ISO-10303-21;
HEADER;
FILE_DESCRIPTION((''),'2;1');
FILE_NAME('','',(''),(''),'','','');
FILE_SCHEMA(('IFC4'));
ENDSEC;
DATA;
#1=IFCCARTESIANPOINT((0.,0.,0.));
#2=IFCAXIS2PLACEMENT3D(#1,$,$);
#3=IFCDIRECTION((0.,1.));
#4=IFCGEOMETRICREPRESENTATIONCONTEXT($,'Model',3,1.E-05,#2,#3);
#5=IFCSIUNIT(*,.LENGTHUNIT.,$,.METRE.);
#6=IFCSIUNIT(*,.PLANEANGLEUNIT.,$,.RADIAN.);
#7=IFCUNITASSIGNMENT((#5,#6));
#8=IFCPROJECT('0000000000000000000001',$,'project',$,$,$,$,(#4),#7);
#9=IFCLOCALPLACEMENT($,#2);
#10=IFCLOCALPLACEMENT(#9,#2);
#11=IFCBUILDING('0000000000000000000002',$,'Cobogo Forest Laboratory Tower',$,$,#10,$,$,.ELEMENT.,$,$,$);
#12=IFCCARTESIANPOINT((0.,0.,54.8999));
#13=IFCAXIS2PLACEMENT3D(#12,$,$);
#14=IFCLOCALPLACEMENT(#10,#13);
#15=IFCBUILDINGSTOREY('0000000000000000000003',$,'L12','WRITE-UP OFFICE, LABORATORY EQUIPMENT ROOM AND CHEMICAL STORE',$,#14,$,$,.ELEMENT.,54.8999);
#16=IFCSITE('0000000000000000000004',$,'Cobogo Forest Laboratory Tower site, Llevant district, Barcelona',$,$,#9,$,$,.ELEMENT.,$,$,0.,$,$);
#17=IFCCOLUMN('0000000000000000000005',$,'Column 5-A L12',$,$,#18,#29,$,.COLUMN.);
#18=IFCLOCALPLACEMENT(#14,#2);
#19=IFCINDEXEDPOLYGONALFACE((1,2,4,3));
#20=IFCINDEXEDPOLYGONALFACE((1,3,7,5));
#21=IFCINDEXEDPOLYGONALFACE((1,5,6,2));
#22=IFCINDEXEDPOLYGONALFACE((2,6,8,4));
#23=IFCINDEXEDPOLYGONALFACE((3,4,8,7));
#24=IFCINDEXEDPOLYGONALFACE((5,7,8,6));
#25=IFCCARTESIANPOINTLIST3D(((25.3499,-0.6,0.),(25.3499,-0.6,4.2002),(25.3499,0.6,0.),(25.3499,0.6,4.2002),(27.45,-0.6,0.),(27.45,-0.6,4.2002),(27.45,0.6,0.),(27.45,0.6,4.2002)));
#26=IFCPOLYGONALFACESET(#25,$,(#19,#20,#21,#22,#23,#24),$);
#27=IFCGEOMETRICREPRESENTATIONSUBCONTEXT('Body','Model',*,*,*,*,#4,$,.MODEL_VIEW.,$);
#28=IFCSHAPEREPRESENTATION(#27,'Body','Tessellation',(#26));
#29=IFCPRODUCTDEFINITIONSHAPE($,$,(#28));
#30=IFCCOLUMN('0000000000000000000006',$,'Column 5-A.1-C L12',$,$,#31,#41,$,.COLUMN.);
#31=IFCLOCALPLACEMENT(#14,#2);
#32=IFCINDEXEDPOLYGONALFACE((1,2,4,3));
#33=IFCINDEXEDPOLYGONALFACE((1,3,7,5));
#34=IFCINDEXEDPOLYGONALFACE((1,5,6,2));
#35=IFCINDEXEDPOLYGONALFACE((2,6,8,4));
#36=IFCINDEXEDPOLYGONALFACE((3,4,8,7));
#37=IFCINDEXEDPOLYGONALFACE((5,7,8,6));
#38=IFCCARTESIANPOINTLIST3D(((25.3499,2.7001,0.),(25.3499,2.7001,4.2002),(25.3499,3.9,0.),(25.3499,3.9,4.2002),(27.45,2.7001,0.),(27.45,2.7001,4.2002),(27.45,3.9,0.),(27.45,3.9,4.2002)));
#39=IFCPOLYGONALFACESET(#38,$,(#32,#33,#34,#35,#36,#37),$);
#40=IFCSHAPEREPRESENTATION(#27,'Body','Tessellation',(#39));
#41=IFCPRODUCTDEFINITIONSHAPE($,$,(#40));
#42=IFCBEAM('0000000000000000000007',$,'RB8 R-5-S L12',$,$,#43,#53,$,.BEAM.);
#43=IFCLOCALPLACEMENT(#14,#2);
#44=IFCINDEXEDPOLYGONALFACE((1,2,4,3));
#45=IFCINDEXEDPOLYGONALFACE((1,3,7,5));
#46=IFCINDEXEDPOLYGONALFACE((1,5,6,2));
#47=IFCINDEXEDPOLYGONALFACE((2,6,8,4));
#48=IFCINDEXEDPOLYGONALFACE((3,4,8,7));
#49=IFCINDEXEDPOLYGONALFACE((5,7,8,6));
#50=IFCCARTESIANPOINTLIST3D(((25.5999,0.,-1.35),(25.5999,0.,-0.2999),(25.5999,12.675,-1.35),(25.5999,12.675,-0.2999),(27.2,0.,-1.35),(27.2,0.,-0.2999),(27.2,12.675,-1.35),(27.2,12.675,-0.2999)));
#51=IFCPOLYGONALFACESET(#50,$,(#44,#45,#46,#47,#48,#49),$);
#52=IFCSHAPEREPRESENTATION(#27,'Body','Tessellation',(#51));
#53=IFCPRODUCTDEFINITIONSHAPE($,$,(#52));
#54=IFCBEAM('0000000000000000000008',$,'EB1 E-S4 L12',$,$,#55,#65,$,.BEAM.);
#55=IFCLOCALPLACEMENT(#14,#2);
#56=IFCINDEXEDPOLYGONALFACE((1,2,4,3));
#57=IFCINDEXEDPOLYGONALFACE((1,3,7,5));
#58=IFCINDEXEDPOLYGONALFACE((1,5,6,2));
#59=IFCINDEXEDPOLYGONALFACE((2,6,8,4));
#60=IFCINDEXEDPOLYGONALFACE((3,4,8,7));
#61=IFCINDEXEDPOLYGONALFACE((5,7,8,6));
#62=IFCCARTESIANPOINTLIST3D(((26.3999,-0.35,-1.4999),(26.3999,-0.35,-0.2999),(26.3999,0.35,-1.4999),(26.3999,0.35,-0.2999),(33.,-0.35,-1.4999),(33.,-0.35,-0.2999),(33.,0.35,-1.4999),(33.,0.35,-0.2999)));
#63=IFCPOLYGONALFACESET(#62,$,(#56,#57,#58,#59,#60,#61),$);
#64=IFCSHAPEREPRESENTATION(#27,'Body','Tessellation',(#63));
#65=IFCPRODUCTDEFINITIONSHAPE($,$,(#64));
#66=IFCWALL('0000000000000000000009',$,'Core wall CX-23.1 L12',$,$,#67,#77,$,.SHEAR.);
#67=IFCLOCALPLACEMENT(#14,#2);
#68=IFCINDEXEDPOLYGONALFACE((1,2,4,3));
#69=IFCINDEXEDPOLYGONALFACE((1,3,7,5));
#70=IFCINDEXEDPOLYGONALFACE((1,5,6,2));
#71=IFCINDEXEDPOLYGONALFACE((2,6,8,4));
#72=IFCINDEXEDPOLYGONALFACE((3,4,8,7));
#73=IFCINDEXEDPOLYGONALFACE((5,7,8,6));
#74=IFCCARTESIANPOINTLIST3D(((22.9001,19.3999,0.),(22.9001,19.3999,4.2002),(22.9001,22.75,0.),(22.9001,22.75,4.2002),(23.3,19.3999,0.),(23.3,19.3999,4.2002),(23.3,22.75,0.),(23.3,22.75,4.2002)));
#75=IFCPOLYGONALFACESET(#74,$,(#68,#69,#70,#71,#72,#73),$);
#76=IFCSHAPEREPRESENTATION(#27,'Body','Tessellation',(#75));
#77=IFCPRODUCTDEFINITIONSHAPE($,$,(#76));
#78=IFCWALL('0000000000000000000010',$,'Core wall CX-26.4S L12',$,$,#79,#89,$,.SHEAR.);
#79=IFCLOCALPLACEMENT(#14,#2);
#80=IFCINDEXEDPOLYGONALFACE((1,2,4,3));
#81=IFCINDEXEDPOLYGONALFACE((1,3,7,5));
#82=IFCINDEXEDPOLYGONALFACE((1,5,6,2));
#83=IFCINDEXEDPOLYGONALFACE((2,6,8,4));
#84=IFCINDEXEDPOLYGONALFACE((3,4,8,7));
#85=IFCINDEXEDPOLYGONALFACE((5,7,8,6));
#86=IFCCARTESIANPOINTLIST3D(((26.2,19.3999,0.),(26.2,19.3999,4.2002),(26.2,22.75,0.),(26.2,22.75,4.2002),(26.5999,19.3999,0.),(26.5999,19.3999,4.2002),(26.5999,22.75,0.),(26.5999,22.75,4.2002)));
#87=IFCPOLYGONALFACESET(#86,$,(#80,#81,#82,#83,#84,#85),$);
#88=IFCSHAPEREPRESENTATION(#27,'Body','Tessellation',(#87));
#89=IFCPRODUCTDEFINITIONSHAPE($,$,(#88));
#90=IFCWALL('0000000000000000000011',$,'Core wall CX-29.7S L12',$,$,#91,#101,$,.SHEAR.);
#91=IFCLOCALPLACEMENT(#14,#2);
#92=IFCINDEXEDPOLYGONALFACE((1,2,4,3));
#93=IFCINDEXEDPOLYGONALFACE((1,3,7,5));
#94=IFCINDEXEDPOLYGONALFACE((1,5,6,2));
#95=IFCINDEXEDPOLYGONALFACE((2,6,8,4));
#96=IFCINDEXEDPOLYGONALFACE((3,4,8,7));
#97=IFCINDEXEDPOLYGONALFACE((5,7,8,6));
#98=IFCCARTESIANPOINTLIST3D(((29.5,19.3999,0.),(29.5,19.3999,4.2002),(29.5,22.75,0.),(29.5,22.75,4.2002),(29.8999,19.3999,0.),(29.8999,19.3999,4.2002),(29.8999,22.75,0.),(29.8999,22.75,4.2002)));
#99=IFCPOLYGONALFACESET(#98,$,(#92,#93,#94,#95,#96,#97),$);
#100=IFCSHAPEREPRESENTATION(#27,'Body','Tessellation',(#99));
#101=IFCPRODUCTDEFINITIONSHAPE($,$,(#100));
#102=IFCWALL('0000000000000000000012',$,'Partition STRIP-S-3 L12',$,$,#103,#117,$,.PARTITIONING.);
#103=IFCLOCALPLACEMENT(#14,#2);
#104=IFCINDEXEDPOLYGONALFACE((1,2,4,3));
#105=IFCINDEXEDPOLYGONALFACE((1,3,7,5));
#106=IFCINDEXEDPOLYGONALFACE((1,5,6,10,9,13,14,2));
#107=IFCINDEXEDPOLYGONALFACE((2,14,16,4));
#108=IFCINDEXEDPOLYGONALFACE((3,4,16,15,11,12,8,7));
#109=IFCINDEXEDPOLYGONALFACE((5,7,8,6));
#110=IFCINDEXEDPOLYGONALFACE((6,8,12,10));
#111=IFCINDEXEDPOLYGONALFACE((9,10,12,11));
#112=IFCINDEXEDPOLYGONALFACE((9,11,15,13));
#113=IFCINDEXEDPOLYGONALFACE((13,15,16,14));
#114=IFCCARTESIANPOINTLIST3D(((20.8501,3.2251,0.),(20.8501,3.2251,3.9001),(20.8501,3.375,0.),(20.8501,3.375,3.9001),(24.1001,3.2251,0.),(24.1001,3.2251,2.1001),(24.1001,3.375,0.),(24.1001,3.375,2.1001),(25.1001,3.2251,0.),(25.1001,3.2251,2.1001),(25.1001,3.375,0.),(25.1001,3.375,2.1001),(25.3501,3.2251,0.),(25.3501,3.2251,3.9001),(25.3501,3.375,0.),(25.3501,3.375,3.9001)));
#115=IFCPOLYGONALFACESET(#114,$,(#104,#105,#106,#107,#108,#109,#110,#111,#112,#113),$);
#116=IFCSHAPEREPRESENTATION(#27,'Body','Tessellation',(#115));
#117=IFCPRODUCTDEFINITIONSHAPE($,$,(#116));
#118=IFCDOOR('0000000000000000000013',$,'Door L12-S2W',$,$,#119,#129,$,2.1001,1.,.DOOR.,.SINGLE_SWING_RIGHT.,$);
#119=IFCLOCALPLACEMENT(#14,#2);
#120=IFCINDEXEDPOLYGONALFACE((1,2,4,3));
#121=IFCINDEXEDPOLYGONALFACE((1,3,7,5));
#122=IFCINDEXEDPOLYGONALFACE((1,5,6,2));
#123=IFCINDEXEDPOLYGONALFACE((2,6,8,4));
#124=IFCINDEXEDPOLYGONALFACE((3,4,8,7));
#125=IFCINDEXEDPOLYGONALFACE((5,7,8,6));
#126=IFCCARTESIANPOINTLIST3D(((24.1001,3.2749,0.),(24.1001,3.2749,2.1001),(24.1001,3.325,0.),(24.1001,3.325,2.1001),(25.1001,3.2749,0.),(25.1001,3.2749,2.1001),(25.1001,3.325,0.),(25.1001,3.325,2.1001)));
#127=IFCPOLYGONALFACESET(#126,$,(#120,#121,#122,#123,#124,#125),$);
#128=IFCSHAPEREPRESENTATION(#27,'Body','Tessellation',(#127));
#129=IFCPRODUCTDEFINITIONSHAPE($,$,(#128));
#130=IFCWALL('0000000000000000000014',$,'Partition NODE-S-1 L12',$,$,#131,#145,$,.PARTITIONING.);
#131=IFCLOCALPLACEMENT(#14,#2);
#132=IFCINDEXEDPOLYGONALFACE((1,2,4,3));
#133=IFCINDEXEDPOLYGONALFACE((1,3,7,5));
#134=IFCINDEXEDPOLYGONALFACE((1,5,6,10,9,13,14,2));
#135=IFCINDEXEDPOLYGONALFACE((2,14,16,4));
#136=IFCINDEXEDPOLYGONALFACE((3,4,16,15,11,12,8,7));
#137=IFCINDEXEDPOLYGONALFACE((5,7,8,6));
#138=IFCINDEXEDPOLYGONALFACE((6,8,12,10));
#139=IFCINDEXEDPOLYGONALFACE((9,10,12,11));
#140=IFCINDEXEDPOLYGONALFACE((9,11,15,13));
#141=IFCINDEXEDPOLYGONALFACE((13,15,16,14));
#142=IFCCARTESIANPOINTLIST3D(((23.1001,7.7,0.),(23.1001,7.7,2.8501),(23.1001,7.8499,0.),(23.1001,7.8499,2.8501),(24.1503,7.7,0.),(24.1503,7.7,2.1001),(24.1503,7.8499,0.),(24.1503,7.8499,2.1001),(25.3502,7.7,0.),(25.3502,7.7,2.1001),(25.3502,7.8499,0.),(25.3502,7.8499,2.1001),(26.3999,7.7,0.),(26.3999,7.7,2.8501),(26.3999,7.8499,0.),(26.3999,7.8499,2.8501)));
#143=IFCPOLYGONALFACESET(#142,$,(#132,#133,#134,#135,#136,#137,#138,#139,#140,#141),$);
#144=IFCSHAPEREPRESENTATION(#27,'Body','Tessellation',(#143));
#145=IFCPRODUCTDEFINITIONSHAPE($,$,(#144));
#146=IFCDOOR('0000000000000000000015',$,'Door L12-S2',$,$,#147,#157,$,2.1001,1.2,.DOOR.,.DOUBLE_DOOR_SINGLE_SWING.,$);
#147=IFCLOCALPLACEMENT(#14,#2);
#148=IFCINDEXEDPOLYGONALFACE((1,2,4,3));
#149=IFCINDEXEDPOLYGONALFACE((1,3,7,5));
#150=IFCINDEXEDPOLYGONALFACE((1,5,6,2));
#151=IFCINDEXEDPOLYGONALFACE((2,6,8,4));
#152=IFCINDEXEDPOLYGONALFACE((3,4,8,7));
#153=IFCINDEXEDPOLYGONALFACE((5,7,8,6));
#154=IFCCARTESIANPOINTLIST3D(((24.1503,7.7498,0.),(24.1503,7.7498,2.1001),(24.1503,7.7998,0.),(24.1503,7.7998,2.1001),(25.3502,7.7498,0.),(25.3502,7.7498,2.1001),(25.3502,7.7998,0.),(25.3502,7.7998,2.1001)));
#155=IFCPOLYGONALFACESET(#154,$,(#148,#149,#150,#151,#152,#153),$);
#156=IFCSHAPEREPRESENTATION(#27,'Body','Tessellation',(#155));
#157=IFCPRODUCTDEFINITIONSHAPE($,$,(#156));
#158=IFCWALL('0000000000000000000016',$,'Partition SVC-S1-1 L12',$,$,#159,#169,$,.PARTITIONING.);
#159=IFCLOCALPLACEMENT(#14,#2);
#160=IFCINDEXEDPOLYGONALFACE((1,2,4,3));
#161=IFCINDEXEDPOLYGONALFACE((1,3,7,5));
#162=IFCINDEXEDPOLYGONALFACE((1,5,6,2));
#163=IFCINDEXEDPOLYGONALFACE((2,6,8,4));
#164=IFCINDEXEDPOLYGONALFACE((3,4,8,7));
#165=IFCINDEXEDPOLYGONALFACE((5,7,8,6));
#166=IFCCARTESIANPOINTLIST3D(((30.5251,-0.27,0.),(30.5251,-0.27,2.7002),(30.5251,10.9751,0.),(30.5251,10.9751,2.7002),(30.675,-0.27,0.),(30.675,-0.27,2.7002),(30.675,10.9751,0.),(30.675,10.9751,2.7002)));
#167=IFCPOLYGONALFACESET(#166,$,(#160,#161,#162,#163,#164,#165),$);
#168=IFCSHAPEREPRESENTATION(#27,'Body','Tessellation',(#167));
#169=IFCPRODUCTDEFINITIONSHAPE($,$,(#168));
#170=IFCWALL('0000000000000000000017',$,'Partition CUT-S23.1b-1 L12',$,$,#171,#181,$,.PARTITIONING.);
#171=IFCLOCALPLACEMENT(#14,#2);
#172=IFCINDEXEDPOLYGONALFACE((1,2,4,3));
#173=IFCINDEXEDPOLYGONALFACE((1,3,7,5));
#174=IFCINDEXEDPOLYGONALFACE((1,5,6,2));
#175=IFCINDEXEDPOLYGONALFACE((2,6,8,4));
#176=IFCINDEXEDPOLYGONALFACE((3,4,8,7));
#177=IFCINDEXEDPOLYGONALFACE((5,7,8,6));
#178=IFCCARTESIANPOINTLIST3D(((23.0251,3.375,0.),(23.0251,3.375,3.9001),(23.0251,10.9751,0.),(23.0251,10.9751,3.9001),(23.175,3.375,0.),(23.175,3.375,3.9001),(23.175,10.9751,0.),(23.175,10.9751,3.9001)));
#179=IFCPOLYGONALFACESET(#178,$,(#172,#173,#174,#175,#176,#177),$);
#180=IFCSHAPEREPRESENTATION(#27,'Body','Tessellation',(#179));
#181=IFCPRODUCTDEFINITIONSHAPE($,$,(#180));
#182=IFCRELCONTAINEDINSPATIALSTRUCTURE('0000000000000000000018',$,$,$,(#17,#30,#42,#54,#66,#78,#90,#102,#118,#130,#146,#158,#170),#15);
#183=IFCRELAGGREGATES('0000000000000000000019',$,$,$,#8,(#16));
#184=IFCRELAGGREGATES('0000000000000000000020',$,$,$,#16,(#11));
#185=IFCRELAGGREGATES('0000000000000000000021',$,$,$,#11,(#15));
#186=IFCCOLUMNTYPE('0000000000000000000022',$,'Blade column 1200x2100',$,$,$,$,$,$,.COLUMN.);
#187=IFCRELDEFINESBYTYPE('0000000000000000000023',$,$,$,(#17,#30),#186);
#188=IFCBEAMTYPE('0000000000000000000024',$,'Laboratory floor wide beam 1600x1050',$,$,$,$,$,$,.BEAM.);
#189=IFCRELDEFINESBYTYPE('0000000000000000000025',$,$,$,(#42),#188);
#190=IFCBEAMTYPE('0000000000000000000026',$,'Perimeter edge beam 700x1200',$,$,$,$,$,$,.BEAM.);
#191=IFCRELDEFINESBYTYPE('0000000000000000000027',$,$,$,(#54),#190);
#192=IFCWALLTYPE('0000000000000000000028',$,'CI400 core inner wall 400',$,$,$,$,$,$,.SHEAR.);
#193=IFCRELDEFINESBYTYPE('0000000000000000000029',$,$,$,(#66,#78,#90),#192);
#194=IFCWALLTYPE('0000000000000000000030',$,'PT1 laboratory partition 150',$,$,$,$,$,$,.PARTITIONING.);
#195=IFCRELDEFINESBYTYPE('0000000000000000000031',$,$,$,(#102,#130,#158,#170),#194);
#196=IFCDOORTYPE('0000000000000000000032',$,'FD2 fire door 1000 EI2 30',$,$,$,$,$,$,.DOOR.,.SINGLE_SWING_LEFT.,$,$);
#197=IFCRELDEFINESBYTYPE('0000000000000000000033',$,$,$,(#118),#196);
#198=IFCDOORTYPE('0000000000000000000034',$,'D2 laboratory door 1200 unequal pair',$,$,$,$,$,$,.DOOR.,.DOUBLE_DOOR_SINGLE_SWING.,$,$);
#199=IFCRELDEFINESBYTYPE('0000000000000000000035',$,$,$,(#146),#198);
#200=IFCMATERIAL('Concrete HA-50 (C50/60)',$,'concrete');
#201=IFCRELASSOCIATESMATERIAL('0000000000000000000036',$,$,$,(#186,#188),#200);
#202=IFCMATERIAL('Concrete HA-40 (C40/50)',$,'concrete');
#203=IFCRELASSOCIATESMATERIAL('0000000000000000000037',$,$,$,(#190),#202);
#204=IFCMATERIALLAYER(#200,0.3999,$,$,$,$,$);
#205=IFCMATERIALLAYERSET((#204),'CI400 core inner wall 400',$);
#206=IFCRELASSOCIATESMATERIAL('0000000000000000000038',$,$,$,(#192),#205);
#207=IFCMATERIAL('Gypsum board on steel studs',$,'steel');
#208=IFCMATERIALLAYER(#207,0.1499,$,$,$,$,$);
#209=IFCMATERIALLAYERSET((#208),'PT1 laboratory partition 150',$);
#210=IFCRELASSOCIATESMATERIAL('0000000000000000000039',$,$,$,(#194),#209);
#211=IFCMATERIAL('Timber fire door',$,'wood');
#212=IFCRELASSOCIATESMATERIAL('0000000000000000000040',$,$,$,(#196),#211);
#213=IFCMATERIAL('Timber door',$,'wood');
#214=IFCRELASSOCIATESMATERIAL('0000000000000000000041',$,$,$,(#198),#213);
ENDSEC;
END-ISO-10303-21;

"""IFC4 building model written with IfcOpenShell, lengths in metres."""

from ifc_helpers import new_model, si_unit, direction, frame, frame_2d, origin, origin_2d, place, context, subcontext, project, spatial, rectangle, extrude, material, layer, layer_set, material_profile, profile_set, type_object, element, fill, save


model = new_model("IFC4")

# Units and contexts
model_context = context("Model", 3, precision=1e-05, world=origin(), true_north=direction((0.0, 1.0)))
body_context = subcontext(model_context, "Body", "Model", "MODEL_VIEW")
ifc_project = project(units=[si_unit("LENGTHUNIT", "METRE"), si_unit("PLANEANGLEUNIT", "RADIAN")], contexts=[model_context])

# Site, building, storey
site_placement = place(None, origin())
site = spatial("IfcSite", under=ifc_project, at=site_placement, Name="Cobogo Forest Laboratory Tower site, Llevant district, Barcelona", CompositionType="ELEMENT", RefElevation=0.0)
building_placement = place(site_placement, origin())
building = spatial("IfcBuilding", under=site, at=building_placement, Name="Cobogo Forest Laboratory Tower", CompositionType="ELEMENT")
storey_placement = place(building_placement, frame((0.0, 0.0, 54.8999)))
storey = spatial("IfcBuildingStorey", under=building, at=storey_placement, Name="L12", Description="WRITE-UP OFFICE, LABORATORY EQUIPMENT ROOM AND CHEMICAL STORE", CompositionType="ELEMENT", Elevation=54.8999)

# Columns
ifc_material_1 = material(Name="Concrete HA-50 (C50/60)", Category="concrete")
ifc_material_profile_1 = material_profile(ifc_material_1, rectangle(XDim=2.1001, YDim=1.2, at=origin_2d()), Name="RC 1200x2100")
ifc_profile_set_1 = profile_set([ifc_material_profile_1], Name="Concrete HA-50 (C50/60)")
column_type = type_object("IfcColumnType", Name="Blade column 1200x2100", PredefinedType="COLUMN", material=ifc_profile_set_1)
for number, where, z_axis, x_axis, name in (
    (1, (26.3999, 0.0, 0.0), (0.0, 0.0, 1.0), (1.0, 0.0, 0.0), "Column 5-A L12"),
    (2, (26.3999, 3.3, 0.0), (0.0, 0.0, 1.0), (1.0, 0.0, 0.0), "Column 5-A.1-C L12"),
):
    element("IfcColumn", number, at=place(storey_placement, frame(where, z_axis=z_axis, x_axis=x_axis)), inside=storey, type_object=column_type, Name=name, PredefinedType="COLUMN", context=body_context, shape_type="SweptSolid", body=[
        extrude(rectangle(XDim=2.1001, YDim=1.2, at=origin_2d()), origin(), (0.0, 0.0, 1.0), 4.2002),
    ])

# Beams
ifc_material_profile_2 = material_profile(ifc_material_1, rectangle(XDim=1.6001, YDim=1.05, at=origin_2d()), Name="RC 1600x1050")
ifc_profile_set_2 = profile_set([ifc_material_profile_2], Name="Concrete HA-50 (C50/60)")
beam_type_1 = type_object("IfcBeamType", Name="Laboratory floor wide beam 1600x1050", PredefinedType="BEAM", material=ifc_profile_set_2)
beam_1_placement = place(storey_placement, frame((26.3999, 12.675, -0.825), z_axis=(0.0, -1.0, 0.0), x_axis=(1.0, 0.0, 0.0)))
element("IfcBeam", 3, at=beam_1_placement, inside=storey, type_object=beam_type_1, Name="RB8 R-5-S L12", PredefinedType="BEAM", context=body_context, shape_type="SweptSolid", body=[
    extrude(rectangle(XDim=1.6001, YDim=1.05, at=origin_2d()), origin(), (0.0, 0.0, 1.0), 12.675),
])
ifc_material_2 = material(Name="Concrete HA-40 (C40/50)", Category="concrete")
ifc_material_profile_3 = material_profile(ifc_material_2, rectangle(XDim=0.7, YDim=1.2, at=origin_2d()), Name="RC 700x1200")
ifc_profile_set_3 = profile_set([ifc_material_profile_3], Name="Concrete HA-40 (C40/50)")
beam_type_2 = type_object("IfcBeamType", Name="Perimeter edge beam 700x1200", PredefinedType="BEAM", material=ifc_profile_set_3)
beam_2_placement = place(storey_placement, frame((26.3999, 0.0, -0.8999), z_axis=(1.0, 0.0, 0.0), x_axis=(0.0, 1.0, 0.0)))
element("IfcBeam", 4, at=beam_2_placement, inside=storey, type_object=beam_type_2, Name="EB1 E-S4 L12", PredefinedType="BEAM", context=body_context, shape_type="SweptSolid", body=[
    extrude(rectangle(XDim=0.7, YDim=1.2, at=origin_2d()), origin(), (0.0, 0.0, 1.0), 6.6001),
])

# Walls
ifc_layer_1 = layer(ifc_material_1, 0.3999)
ifc_layer_set_1 = layer_set([ifc_layer_1], Name="CI400 core inner wall 400")
wall_type_1 = type_object("IfcWallType", Name="CI400 core inner wall 400", PredefinedType="SHEAR", material=ifc_layer_set_1)
for number, where, z_axis, x_axis, name in (
    (5, (23.1001, 19.3999, 0.0), (0.0, 0.0, 1.0), (0.0, 1.0, 0.0), "Core wall CX-23.1 L12"),
    (6, (26.3999, 19.3999, 0.0), (0.0, 0.0, 1.0), (0.0, 1.0, 0.0), "Core wall CX-26.4S L12"),
    (7, (29.7, 19.3999, 0.0), (0.0, 0.0, 1.0), (0.0, 1.0, 0.0), "Core wall CX-29.7S L12"),
):
    element("IfcWall", number, at=place(storey_placement, frame(where, z_axis=z_axis, x_axis=x_axis)), inside=storey, type_object=wall_type_1, Name=name, PredefinedType="SHEAR", context=body_context, shape_type="SweptSolid", body=[
        extrude(rectangle(XDim=3.3501, YDim=0.3999, at=frame_2d((1.675, 0.0))), origin(), (0.0, 0.0, 1.0), 4.2002),
    ])

# Walls, openings, doors
ifc_material_3 = material(Name="Gypsum board on steel studs", Category="steel")
ifc_layer_2 = layer(ifc_material_3, 0.1499)
ifc_layer_set_2 = layer_set([ifc_layer_2], Name="PT1 laboratory partition 150")
wall_type_2 = type_object("IfcWallType", Name="PT1 laboratory partition 150", PredefinedType="PARTITIONING", material=ifc_layer_set_2)
wall_1_placement = place(storey_placement, frame((20.8501, 3.3, 0.0), z_axis=(0.0, 0.0, 1.0), x_axis=(1.0, 0.0, 0.0)))
wall_1 = element("IfcWall", 8, at=wall_1_placement, inside=storey, type_object=wall_type_2, Name="Partition STRIP-S-3 L12", PredefinedType="PARTITIONING", context=body_context, shape_type="SweptSolid", body=[
    extrude(rectangle(XDim=4.5, YDim=0.1499, at=frame_2d((2.25, 0.0))), origin(), (0.0, 0.0, 1.0), 3.9001),
])
opening_1_placement = place(wall_1_placement, frame((3.25, 0.0, 0.0)))
opening_1 = element("IfcOpeningElement", 9, at=opening_1_placement, cuts=wall_1, PredefinedType="OPENING", context=body_context, shape_type="SweptSolid", body=[
    extrude(rectangle(XDim=1.0, YDim=2.1001, at=frame_2d((0.5, 1.05))), frame((0.0, 0.085, 0.0), z_axis=(0.0, -1.0, 0.0), x_axis=(1.0, 0.0, 0.0)), (0.0, 0.0, 1.0), 0.1699),
])
ifc_material_4 = material(Name="Timber fire door", Category="wood")
door_type_1 = type_object("IfcDoorType", Name="FD2 fire door 1000 EI2 30", OperationType="SINGLE_SWING_LEFT", PredefinedType="DOOR", material=ifc_material_4)
door_1_placement = place(opening_1_placement, origin())
door_1 = element("IfcDoor", 10, at=door_1_placement, inside=storey, type_object=door_type_1, Name="Door L12-S2W", OperationType="SINGLE_SWING_RIGHT", OverallHeight=2.1001, OverallWidth=1.0, PredefinedType="DOOR", context=body_context, shape_type="SweptSolid", body=[
    extrude(rectangle(XDim=1.0, YDim=2.1001, at=frame_2d((0.5, 1.05))), frame((0.0, 0.0249, 0.0), z_axis=(0.0, -1.0, 0.0), x_axis=(1.0, 0.0, 0.0)), (0.0, 0.0, 1.0), 0.05),
])
fill(opening_1, door_1)
wall_2_placement = place(storey_placement, frame((23.1001, 7.7749, 0.0), z_axis=(0.0, 0.0, 1.0), x_axis=(1.0, 0.0, 0.0)))
wall_2 = element("IfcWall", 11, at=wall_2_placement, inside=storey, type_object=wall_type_2, Name="Partition NODE-S-1 L12", PredefinedType="PARTITIONING", context=body_context, shape_type="SweptSolid", body=[
    extrude(rectangle(XDim=3.2998, YDim=0.1499, at=frame_2d((1.6499, 0.0))), origin(), (0.0, 0.0, 1.0), 2.8501),
])
opening_2_placement = place(wall_2_placement, frame((1.05, 0.0, 0.0)))
opening_2 = element("IfcOpeningElement", 12, at=opening_2_placement, cuts=wall_2, PredefinedType="OPENING", context=body_context, shape_type="SweptSolid", body=[
    extrude(rectangle(XDim=1.2, YDim=2.1001, at=frame_2d((0.6001, 1.05))), frame((0.0, 0.085, 0.0), z_axis=(0.0, -1.0, 0.0), x_axis=(1.0, 0.0, 0.0)), (0.0, 0.0, 1.0), 0.1699),
])
ifc_material_5 = material(Name="Timber door", Category="wood")
door_type_2 = type_object("IfcDoorType", Name="D2 laboratory door 1200 unequal pair", OperationType="DOUBLE_DOOR_SINGLE_SWING", PredefinedType="DOOR", material=ifc_material_5)
door_2_placement = place(opening_2_placement, origin())
door_2 = element("IfcDoor", 13, at=door_2_placement, inside=storey, type_object=door_type_2, Name="Door L12-S2", OperationType="DOUBLE_DOOR_SINGLE_SWING", OverallHeight=2.1001, OverallWidth=1.2, PredefinedType="DOOR", context=body_context, shape_type="SweptSolid", body=[
    extrude(rectangle(XDim=1.2, YDim=2.1001, at=frame_2d((0.6001, 1.05))), frame((0.0, 0.0249, 0.0), z_axis=(0.0, -1.0, 0.0), x_axis=(1.0, 0.0, 0.0)), (0.0, 0.0, 1.0), 0.05),
])
fill(opening_2, door_2)

# Walls
wall_3_placement = place(storey_placement, frame((30.6001, -0.27, 0.0), z_axis=(0.0, 0.0, 1.0), x_axis=(0.0, 1.0, 0.0)))
element("IfcWall", 14, at=wall_3_placement, inside=storey, type_object=wall_type_2, Name="Partition SVC-S1-1 L12", PredefinedType="PARTITIONING", context=body_context, shape_type="SweptSolid", body=[
    extrude(rectangle(XDim=11.2451, YDim=0.1499, at=frame_2d((5.6226, 0.0))), origin(), (0.0, 0.0, 1.0), 2.7002),
])
wall_4_placement = place(storey_placement, frame((23.1001, 3.375, 0.0), z_axis=(0.0, 0.0, 1.0), x_axis=(0.0, 1.0, 0.0)))
element("IfcWall", 15, at=wall_4_placement, inside=storey, type_object=wall_type_2, Name="Partition CUT-S23.1b-1 L12", PredefinedType="PARTITIONING", context=body_context, shape_type="SweptSolid", body=[
    extrude(rectangle(XDim=7.6001, YDim=0.1499, at=frame_2d((3.8, 0.0))), origin(), (0.0, 0.0, 1.0), 3.9001),
])

save(model, "model.ifc")
